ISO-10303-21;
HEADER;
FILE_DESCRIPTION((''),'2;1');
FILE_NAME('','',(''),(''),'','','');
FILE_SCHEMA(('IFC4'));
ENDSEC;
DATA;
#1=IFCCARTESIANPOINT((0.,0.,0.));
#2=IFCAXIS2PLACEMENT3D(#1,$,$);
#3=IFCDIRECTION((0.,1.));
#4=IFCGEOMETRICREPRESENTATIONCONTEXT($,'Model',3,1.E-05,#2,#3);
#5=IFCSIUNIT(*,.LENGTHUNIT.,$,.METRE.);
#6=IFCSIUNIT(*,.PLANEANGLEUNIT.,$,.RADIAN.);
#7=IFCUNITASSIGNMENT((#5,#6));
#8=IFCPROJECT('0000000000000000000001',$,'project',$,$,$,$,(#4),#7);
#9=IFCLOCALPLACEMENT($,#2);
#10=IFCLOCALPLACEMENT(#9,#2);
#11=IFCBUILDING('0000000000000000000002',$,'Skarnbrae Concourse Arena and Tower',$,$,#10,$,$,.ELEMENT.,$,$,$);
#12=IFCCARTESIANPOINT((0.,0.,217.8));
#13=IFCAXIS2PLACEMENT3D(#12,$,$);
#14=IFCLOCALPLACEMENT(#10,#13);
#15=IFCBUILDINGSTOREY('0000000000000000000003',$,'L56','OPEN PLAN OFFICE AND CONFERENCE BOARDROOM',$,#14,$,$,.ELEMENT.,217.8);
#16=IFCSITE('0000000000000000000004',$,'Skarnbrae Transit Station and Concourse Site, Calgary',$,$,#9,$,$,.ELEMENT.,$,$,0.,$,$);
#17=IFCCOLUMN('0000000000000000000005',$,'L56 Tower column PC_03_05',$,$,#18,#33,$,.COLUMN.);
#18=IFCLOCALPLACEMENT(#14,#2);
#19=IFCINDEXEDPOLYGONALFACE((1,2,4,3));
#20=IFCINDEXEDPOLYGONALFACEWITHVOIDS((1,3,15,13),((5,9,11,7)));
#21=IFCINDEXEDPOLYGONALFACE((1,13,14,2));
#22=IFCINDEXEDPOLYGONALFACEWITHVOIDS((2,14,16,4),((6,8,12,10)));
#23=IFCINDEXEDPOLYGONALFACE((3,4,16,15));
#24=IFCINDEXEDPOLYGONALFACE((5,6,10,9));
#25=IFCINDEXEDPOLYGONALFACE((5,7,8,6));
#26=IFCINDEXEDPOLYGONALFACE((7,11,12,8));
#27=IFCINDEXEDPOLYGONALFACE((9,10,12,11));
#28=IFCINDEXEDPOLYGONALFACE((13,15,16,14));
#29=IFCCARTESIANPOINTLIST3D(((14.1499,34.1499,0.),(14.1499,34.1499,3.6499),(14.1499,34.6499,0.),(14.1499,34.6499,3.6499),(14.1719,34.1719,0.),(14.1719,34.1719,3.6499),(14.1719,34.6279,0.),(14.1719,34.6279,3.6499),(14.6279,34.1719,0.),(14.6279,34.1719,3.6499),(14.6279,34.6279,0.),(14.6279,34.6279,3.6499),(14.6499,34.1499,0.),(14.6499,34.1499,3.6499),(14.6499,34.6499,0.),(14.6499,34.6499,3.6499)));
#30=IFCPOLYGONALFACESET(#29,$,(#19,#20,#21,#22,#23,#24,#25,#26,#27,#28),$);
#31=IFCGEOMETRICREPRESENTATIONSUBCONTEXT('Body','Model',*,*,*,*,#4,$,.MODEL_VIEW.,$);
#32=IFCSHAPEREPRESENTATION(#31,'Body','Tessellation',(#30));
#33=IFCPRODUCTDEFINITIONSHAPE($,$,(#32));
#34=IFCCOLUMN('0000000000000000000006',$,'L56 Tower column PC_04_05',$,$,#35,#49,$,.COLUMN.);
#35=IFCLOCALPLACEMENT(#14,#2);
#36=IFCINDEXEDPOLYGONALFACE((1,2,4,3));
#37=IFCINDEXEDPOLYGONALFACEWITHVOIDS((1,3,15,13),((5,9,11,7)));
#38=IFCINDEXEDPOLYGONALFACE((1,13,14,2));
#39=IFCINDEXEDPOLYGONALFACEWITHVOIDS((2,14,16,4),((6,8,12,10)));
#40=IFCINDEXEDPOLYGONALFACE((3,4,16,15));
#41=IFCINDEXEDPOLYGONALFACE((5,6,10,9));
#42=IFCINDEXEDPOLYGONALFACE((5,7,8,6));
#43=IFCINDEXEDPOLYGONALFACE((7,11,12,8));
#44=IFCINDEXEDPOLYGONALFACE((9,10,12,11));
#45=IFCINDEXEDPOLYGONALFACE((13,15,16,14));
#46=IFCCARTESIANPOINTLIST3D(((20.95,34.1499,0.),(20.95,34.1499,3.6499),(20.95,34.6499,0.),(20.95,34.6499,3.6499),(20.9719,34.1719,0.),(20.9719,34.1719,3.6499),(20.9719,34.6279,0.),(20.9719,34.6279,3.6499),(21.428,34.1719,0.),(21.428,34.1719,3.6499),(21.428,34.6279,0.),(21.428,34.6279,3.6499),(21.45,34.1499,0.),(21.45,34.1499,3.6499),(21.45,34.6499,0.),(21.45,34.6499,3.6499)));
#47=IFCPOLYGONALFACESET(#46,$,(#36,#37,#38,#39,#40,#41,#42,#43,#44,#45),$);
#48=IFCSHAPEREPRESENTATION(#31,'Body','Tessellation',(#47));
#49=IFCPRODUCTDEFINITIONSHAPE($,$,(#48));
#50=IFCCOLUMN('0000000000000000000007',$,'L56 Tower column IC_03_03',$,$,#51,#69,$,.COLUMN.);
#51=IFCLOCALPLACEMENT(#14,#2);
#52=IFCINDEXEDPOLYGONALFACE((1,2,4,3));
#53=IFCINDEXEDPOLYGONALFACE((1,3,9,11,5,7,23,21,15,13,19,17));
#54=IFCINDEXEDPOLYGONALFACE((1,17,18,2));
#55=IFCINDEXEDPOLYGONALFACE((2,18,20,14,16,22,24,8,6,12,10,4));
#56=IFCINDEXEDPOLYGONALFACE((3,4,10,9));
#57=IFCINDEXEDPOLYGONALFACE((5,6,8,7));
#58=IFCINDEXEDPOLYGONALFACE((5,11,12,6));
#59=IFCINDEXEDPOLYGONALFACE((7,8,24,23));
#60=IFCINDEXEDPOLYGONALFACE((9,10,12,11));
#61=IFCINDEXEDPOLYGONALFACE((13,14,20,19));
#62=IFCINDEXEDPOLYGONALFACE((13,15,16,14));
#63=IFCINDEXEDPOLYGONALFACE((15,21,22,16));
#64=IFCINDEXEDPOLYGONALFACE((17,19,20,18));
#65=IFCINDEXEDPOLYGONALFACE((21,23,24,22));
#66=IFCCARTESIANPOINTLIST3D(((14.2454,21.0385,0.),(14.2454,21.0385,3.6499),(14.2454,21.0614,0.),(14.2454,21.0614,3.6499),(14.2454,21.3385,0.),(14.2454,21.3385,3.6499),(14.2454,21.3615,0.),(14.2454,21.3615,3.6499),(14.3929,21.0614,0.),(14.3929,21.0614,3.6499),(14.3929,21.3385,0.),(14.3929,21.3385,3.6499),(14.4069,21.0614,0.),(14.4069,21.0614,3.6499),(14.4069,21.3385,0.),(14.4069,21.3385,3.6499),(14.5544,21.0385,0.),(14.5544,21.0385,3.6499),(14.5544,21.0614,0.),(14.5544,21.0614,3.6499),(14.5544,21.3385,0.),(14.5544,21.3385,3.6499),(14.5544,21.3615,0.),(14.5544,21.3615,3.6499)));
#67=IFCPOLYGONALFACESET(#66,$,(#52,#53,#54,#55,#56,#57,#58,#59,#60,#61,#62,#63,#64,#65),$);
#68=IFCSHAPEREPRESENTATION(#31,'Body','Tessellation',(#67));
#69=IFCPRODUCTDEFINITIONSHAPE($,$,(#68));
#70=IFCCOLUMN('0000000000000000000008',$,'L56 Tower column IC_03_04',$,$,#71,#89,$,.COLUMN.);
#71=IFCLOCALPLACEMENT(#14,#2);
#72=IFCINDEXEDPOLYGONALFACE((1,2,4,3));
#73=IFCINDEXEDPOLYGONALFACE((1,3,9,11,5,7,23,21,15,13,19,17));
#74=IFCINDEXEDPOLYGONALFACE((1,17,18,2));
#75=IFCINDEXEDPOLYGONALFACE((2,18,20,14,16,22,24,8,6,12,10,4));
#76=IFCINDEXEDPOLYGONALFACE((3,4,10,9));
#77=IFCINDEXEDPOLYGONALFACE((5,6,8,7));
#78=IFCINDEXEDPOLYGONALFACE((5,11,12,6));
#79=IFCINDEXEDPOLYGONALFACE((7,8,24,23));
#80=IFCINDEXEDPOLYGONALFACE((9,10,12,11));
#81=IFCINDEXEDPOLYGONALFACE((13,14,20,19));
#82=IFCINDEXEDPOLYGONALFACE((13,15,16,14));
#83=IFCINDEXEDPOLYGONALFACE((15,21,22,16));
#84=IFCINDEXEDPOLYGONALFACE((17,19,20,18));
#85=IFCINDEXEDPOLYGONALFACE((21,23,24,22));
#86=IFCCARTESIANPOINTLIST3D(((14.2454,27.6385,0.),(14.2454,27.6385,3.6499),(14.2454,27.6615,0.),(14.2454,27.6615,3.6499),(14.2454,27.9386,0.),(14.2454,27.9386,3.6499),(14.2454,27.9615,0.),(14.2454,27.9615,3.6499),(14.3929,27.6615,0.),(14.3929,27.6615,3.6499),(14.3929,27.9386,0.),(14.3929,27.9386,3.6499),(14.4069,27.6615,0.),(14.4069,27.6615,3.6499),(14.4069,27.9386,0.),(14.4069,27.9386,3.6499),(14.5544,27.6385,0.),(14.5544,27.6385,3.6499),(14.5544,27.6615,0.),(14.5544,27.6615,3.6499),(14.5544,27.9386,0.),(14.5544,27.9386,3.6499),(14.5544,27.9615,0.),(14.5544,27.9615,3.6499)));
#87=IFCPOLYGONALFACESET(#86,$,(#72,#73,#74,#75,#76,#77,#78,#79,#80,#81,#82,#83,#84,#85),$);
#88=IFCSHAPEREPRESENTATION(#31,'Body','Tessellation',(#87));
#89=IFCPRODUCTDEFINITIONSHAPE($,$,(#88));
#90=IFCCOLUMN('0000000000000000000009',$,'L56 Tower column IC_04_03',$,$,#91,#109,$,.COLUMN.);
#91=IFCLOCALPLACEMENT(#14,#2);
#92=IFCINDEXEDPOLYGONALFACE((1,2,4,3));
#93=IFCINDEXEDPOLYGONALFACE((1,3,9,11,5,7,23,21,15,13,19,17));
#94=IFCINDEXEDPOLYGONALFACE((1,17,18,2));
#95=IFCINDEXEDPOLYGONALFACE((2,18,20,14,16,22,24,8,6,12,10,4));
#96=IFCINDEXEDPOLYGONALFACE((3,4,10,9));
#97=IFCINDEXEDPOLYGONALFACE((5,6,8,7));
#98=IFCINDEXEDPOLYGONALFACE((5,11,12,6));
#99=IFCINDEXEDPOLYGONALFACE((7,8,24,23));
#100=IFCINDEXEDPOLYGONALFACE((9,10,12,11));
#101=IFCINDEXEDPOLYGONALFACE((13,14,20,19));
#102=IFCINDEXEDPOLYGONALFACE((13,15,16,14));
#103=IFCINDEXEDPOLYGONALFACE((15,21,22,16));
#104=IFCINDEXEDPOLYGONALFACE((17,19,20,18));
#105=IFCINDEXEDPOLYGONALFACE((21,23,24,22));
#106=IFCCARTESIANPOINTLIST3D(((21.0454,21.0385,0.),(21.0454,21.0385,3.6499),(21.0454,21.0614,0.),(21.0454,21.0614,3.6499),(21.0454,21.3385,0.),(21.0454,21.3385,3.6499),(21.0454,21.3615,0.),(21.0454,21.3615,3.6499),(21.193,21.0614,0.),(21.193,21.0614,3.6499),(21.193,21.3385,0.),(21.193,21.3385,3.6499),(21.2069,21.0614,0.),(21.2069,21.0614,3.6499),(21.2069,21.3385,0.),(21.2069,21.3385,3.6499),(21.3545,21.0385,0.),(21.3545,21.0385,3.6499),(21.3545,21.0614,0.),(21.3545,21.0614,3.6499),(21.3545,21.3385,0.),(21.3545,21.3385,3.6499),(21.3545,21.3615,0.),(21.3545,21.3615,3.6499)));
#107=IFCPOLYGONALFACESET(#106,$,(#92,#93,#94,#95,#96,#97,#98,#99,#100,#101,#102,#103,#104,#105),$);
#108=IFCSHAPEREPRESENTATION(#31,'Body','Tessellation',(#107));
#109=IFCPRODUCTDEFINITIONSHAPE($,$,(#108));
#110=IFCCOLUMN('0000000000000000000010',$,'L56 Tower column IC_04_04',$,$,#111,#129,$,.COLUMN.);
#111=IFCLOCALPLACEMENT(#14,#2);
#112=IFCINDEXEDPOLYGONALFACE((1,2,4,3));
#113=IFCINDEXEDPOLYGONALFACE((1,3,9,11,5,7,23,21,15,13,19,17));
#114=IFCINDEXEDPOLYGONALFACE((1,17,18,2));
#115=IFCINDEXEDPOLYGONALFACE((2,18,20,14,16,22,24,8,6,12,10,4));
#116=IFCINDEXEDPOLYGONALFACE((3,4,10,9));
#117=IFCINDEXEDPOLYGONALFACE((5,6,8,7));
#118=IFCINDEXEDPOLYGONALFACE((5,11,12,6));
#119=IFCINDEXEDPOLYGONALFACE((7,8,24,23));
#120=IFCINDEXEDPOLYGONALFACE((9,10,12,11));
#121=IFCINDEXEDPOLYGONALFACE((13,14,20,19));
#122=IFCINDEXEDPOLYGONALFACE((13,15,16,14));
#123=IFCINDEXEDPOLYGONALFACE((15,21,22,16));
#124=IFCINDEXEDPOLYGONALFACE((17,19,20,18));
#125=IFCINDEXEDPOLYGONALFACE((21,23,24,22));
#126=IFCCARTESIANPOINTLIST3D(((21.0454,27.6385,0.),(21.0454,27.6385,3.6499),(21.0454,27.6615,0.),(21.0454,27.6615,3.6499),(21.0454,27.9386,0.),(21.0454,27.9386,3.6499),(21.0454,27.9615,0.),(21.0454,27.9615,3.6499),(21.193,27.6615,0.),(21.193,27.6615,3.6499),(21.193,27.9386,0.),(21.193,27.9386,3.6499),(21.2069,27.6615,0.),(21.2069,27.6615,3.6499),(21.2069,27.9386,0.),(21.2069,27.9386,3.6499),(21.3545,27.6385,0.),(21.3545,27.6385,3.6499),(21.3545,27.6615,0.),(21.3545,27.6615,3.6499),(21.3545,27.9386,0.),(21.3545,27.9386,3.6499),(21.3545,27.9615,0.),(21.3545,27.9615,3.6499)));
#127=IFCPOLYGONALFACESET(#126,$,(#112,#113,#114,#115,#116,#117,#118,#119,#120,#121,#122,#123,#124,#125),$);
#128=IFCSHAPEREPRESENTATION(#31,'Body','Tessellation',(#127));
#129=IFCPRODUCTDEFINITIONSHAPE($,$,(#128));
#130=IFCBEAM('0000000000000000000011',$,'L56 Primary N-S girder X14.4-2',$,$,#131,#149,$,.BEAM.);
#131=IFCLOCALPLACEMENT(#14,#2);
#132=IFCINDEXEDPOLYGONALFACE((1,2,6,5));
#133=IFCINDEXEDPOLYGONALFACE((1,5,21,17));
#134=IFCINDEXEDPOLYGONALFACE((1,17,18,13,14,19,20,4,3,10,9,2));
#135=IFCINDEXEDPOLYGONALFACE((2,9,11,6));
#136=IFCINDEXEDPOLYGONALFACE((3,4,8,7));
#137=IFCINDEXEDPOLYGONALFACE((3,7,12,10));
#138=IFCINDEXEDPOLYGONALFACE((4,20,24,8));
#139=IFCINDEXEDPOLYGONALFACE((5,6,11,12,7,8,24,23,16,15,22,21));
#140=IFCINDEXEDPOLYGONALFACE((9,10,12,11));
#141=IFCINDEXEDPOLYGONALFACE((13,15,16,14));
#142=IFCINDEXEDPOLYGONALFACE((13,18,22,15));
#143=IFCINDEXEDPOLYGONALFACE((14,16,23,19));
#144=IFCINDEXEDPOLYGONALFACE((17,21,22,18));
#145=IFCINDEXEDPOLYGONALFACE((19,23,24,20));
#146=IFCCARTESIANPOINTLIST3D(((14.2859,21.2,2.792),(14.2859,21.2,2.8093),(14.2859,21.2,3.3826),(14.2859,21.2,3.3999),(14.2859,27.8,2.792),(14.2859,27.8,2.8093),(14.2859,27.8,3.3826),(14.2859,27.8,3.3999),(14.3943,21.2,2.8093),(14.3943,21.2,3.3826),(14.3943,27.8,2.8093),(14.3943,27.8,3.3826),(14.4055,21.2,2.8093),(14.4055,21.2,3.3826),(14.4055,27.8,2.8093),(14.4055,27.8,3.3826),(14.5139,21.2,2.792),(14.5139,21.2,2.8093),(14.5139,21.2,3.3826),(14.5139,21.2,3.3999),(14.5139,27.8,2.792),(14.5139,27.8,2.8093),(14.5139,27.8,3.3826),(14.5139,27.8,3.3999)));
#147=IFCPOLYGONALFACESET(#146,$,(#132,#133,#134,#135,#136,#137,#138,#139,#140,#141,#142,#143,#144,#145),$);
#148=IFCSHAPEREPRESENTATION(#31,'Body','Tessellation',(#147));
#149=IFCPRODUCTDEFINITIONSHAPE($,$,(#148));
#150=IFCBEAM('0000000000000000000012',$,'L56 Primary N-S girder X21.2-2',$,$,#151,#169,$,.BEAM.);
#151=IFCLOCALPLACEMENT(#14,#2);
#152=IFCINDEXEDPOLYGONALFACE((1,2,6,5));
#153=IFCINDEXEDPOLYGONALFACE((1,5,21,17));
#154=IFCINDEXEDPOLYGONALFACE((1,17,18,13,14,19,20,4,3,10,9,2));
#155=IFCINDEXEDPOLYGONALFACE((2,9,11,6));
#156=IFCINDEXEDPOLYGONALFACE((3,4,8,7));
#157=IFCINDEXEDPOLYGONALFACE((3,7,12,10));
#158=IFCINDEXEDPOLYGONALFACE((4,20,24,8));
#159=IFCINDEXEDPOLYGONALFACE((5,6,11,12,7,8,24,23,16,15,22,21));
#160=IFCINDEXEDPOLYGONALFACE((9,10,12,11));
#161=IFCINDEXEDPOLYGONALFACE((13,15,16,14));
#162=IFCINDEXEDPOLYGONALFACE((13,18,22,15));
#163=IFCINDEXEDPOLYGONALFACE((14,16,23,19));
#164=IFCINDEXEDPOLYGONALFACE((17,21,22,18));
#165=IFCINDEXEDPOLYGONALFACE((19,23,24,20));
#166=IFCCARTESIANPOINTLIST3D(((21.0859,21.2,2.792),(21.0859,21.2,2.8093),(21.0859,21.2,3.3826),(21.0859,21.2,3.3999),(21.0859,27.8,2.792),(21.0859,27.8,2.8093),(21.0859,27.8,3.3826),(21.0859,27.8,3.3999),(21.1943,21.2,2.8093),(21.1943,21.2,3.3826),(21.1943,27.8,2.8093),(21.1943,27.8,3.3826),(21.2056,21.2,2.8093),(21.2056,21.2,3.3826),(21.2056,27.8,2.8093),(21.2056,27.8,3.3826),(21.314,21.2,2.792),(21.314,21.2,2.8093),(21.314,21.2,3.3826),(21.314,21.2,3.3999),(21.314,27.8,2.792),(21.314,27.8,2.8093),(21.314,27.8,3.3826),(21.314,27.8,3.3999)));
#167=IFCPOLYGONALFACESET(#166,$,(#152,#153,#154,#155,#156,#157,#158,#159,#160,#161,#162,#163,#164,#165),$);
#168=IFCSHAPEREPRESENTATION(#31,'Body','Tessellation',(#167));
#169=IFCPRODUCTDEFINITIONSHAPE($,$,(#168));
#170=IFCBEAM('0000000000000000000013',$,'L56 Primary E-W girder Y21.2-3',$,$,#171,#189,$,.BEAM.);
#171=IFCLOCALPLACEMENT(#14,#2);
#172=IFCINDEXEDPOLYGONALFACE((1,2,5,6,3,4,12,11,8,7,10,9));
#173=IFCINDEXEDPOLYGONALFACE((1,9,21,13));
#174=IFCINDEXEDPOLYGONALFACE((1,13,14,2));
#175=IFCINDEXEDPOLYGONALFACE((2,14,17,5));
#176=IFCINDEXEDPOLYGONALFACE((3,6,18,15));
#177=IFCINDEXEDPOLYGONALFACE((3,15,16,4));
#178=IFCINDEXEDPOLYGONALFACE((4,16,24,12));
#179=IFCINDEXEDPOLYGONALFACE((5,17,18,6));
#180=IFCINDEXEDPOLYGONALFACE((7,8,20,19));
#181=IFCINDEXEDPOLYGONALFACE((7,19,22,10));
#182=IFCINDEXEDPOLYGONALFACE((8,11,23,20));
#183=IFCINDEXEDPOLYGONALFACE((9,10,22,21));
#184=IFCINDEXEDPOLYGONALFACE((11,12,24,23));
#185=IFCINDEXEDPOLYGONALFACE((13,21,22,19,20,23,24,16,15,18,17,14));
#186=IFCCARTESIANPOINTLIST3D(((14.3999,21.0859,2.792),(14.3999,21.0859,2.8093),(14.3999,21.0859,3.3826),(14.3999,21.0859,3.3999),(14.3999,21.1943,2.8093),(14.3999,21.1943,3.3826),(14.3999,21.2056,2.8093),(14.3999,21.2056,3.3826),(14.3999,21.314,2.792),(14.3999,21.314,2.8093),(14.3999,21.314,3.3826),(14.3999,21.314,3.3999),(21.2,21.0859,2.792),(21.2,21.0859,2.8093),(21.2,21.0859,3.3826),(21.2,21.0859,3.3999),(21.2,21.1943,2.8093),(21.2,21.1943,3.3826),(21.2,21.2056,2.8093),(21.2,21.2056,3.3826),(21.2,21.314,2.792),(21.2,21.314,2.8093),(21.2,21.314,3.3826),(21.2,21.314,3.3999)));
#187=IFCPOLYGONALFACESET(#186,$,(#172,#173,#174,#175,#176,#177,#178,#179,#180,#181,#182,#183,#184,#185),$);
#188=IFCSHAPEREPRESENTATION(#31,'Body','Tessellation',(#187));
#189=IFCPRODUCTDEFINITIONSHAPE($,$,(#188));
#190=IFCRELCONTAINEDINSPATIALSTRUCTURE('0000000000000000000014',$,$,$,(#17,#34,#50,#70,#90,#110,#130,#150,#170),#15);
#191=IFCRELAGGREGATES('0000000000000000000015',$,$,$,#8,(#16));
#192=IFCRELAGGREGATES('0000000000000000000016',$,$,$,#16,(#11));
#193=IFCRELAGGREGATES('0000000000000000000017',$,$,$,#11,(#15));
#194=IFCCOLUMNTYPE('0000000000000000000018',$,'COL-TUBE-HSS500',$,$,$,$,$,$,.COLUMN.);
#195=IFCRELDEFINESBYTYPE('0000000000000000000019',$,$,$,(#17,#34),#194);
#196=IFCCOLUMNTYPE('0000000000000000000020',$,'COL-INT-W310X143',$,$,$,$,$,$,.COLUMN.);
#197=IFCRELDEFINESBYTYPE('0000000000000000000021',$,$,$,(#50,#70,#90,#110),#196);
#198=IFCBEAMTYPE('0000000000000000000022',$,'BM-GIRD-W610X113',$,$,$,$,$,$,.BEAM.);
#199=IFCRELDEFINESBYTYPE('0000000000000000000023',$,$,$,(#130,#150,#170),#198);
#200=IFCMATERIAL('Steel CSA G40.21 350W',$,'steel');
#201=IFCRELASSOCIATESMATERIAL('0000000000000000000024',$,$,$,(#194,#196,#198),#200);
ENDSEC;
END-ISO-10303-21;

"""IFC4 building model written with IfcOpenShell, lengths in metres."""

from ifc_helpers import new_model, si_unit, direction, frame, origin, origin_2d, place, context, subcontext, project, spatial, hollow_rectangle, i_section, extrude, source, transform, mapped, material, material_profile, profile_set, type_object, element, save


model = new_model("IFC4")

# Units and contexts
model_context = context("Model", 3, precision=1e-05, world=origin(), true_north=direction((0.0, 1.0)))
body_context = subcontext(model_context, "Body", "Model", "MODEL_VIEW")
ifc_project = project(units=[si_unit("LENGTHUNIT", "METRE"), si_unit("PLANEANGLEUNIT", "RADIAN")], contexts=[model_context])

# Site, building, storey
site_placement = place(None, origin())
site = spatial("IfcSite", under=ifc_project, at=site_placement, Name="Skarnbrae Transit Station and Concourse Site, Calgary", CompositionType="ELEMENT", RefElevation=0.0)
building_placement = place(site_placement, origin())
building = spatial("IfcBuilding", under=site, at=building_placement, Name="Skarnbrae Concourse Arena and Tower", CompositionType="ELEMENT")
storey_placement = place(building_placement, frame((0.0, 0.0, 217.8)))
storey = spatial("IfcBuildingStorey", under=building, at=storey_placement, Name="L56", Description="OPEN PLAN OFFICE AND CONFERENCE BOARDROOM", CompositionType="ELEMENT", Elevation=217.8)

# Columns
ifc_material_1 = material(Name="Steel CSA G40.21 350W", Category="steel")
ifc_material_profile_1 = material_profile(ifc_material_1, hollow_rectangle(XDim=0.5, YDim=0.5, WallThickness=0.022, at=origin_2d()), Name="HSS500X500X22.0")
ifc_profile_set_1 = profile_set([ifc_material_profile_1], Name="Steel CSA G40.21 350W")
column_type_1 = type_object("IfcColumnType", Name="COL-TUBE-HSS500", PredefinedType="COLUMN", material=ifc_profile_set_1)
shared_shape_1 = source(origin(), body_context, "Body", "SweptSolid", [
    extrude(hollow_rectangle(XDim=0.5, YDim=0.5, WallThickness=0.022, at=origin_2d()), origin(), (0.0, 0.0, 1.0), 3.6499),
])
for number, where, z_axis, x_axis, name in (
    (1, (14.3999, 34.3999, 0.0), (0.0, 0.0, 1.0), (1.0, 0.0, 0.0), "L56 Tower column PC_03_05"),
    (2, (21.2, 34.3999, 0.0), (0.0, 0.0, 1.0), (1.0, 0.0, 0.0), "L56 Tower column PC_04_05"),
):
    element("IfcColumn", number, at=place(storey_placement, frame(where, z_axis=z_axis, x_axis=x_axis)), inside=storey, type_object=column_type_1, Name=name, PredefinedType="COLUMN", context=body_context, shape_type="MappedRepresentation", body=[
        mapped(shared_shape_1, transform((0.0, 0.0, 0.0))),
    ])
ifc_material_profile_2 = material_profile(ifc_material_1, i_section(OverallWidth=0.3091, OverallDepth=0.323, WebThickness=0.0139, FlangeThickness=0.0229, at=origin_2d()), Name="W310X143")
ifc_profile_set_2 = profile_set([ifc_material_profile_2], Name="Steel CSA G40.21 350W")
column_type_2 = type_object("IfcColumnType", Name="COL-INT-W310X143", PredefinedType="COLUMN", material=ifc_profile_set_2)
shared_shape_2 = source(origin(), body_context, "Body", "SweptSolid", [
    extrude(i_section(OverallWidth=0.3091, OverallDepth=0.323, WebThickness=0.0139, FlangeThickness=0.0229, at=origin_2d()), origin(), (0.0, 0.0, 1.0), 3.6499),
])
for number, where, z_axis, x_axis, name in (
    (3, (14.3999, 21.2, 0.0), (0.0, 0.0, 1.0), (1.0, 0.0, 0.0), "L56 Tower column IC_03_03"),
    (4, (14.3999, 27.8, 0.0), (0.0, 0.0, 1.0), (1.0, 0.0, 0.0), "L56 Tower column IC_03_04"),
    (5, (21.2, 21.2, 0.0), (0.0, 0.0, 1.0), (1.0, 0.0, 0.0), "L56 Tower column IC_04_03"),
    (6, (21.2, 27.8, 0.0), (0.0, 0.0, 1.0), (1.0, 0.0, 0.0), "L56 Tower column IC_04_04"),
):
    element("IfcColumn", number, at=place(storey_placement, frame(where, z_axis=z_axis, x_axis=x_axis)), inside=storey, type_object=column_type_2, Name=name, PredefinedType="COLUMN", context=body_context, shape_type="MappedRepresentation", body=[
        mapped(shared_shape_2, transform((0.0, 0.0, 0.0))),
    ])

# Beams
ifc_material_profile_3 = material_profile(ifc_material_1, i_section(OverallWidth=0.228, OverallDepth=0.6079, WebThickness=0.0112, FlangeThickness=0.0173, at=origin_2d()), Name="W610X113")
ifc_profile_set_3 = profile_set([ifc_material_profile_3], Name="Steel CSA G40.21 350W")
beam_type_1 = type_object("IfcBeamType", Name="BM-GIRD-W610X113", PredefinedType="BEAM", material=ifc_profile_set_3)
shared_shape_3 = source(origin(), body_context, "Body", "SweptSolid", [
    extrude(i_section(OverallWidth=0.228, OverallDepth=0.6079, WebThickness=0.0112, FlangeThickness=0.0173, at=origin_2d()), origin(), (0.0, 0.0, 1.0), 6.6001),
])
for number, where, z_axis, x_axis, name in (
    (7, (14.3999, 21.2, 3.0959), (0.0, 1.0, 0.0), (-1.0, 0.0, 0.0), "L56 Primary N-S girder X14.4-2"),
    (8, (21.2, 21.2, 3.0959), (0.0, 1.0, 0.0), (-1.0, 0.0, 0.0), "L56 Primary N-S girder X21.2-2"),
):
    element("IfcBeam", number, at=place(storey_placement, frame(where, z_axis=z_axis, x_axis=x_axis)), inside=storey, type_object=beam_type_1, Name=name, PredefinedType="BEAM", context=body_context, shape_type="MappedRepresentation", body=[
        mapped(shared_shape_3, transform((0.0, 0.0, 0.0))),
    ])
shared_shape_4 = source(origin(), body_context, "Body", "SweptSolid", [
    extrude(i_section(OverallWidth=0.228, OverallDepth=0.6079, WebThickness=0.0112, FlangeThickness=0.0173, at=origin_2d()), origin(), (0.0, 0.0, 1.0), 6.8),
])
for number, where, z_axis, x_axis, name in (
    (9, (14.3999, 21.2, 3.0959), (1.0, 0.0, 0.0), (0.0, 1.0, 0.0), "L56 Primary E-W girder Y21.2-3"),
):
    element("IfcBeam", number, at=place(storey_placement, frame(where, z_axis=z_axis, x_axis=x_axis)), inside=storey, type_object=beam_type_1, Name=name, PredefinedType="BEAM", context=body_context, shape_type="MappedRepresentation", body=[
        mapped(shared_shape_4, transform((0.0, 0.0, 0.0))),
    ])

save(model, "model.ifc")
